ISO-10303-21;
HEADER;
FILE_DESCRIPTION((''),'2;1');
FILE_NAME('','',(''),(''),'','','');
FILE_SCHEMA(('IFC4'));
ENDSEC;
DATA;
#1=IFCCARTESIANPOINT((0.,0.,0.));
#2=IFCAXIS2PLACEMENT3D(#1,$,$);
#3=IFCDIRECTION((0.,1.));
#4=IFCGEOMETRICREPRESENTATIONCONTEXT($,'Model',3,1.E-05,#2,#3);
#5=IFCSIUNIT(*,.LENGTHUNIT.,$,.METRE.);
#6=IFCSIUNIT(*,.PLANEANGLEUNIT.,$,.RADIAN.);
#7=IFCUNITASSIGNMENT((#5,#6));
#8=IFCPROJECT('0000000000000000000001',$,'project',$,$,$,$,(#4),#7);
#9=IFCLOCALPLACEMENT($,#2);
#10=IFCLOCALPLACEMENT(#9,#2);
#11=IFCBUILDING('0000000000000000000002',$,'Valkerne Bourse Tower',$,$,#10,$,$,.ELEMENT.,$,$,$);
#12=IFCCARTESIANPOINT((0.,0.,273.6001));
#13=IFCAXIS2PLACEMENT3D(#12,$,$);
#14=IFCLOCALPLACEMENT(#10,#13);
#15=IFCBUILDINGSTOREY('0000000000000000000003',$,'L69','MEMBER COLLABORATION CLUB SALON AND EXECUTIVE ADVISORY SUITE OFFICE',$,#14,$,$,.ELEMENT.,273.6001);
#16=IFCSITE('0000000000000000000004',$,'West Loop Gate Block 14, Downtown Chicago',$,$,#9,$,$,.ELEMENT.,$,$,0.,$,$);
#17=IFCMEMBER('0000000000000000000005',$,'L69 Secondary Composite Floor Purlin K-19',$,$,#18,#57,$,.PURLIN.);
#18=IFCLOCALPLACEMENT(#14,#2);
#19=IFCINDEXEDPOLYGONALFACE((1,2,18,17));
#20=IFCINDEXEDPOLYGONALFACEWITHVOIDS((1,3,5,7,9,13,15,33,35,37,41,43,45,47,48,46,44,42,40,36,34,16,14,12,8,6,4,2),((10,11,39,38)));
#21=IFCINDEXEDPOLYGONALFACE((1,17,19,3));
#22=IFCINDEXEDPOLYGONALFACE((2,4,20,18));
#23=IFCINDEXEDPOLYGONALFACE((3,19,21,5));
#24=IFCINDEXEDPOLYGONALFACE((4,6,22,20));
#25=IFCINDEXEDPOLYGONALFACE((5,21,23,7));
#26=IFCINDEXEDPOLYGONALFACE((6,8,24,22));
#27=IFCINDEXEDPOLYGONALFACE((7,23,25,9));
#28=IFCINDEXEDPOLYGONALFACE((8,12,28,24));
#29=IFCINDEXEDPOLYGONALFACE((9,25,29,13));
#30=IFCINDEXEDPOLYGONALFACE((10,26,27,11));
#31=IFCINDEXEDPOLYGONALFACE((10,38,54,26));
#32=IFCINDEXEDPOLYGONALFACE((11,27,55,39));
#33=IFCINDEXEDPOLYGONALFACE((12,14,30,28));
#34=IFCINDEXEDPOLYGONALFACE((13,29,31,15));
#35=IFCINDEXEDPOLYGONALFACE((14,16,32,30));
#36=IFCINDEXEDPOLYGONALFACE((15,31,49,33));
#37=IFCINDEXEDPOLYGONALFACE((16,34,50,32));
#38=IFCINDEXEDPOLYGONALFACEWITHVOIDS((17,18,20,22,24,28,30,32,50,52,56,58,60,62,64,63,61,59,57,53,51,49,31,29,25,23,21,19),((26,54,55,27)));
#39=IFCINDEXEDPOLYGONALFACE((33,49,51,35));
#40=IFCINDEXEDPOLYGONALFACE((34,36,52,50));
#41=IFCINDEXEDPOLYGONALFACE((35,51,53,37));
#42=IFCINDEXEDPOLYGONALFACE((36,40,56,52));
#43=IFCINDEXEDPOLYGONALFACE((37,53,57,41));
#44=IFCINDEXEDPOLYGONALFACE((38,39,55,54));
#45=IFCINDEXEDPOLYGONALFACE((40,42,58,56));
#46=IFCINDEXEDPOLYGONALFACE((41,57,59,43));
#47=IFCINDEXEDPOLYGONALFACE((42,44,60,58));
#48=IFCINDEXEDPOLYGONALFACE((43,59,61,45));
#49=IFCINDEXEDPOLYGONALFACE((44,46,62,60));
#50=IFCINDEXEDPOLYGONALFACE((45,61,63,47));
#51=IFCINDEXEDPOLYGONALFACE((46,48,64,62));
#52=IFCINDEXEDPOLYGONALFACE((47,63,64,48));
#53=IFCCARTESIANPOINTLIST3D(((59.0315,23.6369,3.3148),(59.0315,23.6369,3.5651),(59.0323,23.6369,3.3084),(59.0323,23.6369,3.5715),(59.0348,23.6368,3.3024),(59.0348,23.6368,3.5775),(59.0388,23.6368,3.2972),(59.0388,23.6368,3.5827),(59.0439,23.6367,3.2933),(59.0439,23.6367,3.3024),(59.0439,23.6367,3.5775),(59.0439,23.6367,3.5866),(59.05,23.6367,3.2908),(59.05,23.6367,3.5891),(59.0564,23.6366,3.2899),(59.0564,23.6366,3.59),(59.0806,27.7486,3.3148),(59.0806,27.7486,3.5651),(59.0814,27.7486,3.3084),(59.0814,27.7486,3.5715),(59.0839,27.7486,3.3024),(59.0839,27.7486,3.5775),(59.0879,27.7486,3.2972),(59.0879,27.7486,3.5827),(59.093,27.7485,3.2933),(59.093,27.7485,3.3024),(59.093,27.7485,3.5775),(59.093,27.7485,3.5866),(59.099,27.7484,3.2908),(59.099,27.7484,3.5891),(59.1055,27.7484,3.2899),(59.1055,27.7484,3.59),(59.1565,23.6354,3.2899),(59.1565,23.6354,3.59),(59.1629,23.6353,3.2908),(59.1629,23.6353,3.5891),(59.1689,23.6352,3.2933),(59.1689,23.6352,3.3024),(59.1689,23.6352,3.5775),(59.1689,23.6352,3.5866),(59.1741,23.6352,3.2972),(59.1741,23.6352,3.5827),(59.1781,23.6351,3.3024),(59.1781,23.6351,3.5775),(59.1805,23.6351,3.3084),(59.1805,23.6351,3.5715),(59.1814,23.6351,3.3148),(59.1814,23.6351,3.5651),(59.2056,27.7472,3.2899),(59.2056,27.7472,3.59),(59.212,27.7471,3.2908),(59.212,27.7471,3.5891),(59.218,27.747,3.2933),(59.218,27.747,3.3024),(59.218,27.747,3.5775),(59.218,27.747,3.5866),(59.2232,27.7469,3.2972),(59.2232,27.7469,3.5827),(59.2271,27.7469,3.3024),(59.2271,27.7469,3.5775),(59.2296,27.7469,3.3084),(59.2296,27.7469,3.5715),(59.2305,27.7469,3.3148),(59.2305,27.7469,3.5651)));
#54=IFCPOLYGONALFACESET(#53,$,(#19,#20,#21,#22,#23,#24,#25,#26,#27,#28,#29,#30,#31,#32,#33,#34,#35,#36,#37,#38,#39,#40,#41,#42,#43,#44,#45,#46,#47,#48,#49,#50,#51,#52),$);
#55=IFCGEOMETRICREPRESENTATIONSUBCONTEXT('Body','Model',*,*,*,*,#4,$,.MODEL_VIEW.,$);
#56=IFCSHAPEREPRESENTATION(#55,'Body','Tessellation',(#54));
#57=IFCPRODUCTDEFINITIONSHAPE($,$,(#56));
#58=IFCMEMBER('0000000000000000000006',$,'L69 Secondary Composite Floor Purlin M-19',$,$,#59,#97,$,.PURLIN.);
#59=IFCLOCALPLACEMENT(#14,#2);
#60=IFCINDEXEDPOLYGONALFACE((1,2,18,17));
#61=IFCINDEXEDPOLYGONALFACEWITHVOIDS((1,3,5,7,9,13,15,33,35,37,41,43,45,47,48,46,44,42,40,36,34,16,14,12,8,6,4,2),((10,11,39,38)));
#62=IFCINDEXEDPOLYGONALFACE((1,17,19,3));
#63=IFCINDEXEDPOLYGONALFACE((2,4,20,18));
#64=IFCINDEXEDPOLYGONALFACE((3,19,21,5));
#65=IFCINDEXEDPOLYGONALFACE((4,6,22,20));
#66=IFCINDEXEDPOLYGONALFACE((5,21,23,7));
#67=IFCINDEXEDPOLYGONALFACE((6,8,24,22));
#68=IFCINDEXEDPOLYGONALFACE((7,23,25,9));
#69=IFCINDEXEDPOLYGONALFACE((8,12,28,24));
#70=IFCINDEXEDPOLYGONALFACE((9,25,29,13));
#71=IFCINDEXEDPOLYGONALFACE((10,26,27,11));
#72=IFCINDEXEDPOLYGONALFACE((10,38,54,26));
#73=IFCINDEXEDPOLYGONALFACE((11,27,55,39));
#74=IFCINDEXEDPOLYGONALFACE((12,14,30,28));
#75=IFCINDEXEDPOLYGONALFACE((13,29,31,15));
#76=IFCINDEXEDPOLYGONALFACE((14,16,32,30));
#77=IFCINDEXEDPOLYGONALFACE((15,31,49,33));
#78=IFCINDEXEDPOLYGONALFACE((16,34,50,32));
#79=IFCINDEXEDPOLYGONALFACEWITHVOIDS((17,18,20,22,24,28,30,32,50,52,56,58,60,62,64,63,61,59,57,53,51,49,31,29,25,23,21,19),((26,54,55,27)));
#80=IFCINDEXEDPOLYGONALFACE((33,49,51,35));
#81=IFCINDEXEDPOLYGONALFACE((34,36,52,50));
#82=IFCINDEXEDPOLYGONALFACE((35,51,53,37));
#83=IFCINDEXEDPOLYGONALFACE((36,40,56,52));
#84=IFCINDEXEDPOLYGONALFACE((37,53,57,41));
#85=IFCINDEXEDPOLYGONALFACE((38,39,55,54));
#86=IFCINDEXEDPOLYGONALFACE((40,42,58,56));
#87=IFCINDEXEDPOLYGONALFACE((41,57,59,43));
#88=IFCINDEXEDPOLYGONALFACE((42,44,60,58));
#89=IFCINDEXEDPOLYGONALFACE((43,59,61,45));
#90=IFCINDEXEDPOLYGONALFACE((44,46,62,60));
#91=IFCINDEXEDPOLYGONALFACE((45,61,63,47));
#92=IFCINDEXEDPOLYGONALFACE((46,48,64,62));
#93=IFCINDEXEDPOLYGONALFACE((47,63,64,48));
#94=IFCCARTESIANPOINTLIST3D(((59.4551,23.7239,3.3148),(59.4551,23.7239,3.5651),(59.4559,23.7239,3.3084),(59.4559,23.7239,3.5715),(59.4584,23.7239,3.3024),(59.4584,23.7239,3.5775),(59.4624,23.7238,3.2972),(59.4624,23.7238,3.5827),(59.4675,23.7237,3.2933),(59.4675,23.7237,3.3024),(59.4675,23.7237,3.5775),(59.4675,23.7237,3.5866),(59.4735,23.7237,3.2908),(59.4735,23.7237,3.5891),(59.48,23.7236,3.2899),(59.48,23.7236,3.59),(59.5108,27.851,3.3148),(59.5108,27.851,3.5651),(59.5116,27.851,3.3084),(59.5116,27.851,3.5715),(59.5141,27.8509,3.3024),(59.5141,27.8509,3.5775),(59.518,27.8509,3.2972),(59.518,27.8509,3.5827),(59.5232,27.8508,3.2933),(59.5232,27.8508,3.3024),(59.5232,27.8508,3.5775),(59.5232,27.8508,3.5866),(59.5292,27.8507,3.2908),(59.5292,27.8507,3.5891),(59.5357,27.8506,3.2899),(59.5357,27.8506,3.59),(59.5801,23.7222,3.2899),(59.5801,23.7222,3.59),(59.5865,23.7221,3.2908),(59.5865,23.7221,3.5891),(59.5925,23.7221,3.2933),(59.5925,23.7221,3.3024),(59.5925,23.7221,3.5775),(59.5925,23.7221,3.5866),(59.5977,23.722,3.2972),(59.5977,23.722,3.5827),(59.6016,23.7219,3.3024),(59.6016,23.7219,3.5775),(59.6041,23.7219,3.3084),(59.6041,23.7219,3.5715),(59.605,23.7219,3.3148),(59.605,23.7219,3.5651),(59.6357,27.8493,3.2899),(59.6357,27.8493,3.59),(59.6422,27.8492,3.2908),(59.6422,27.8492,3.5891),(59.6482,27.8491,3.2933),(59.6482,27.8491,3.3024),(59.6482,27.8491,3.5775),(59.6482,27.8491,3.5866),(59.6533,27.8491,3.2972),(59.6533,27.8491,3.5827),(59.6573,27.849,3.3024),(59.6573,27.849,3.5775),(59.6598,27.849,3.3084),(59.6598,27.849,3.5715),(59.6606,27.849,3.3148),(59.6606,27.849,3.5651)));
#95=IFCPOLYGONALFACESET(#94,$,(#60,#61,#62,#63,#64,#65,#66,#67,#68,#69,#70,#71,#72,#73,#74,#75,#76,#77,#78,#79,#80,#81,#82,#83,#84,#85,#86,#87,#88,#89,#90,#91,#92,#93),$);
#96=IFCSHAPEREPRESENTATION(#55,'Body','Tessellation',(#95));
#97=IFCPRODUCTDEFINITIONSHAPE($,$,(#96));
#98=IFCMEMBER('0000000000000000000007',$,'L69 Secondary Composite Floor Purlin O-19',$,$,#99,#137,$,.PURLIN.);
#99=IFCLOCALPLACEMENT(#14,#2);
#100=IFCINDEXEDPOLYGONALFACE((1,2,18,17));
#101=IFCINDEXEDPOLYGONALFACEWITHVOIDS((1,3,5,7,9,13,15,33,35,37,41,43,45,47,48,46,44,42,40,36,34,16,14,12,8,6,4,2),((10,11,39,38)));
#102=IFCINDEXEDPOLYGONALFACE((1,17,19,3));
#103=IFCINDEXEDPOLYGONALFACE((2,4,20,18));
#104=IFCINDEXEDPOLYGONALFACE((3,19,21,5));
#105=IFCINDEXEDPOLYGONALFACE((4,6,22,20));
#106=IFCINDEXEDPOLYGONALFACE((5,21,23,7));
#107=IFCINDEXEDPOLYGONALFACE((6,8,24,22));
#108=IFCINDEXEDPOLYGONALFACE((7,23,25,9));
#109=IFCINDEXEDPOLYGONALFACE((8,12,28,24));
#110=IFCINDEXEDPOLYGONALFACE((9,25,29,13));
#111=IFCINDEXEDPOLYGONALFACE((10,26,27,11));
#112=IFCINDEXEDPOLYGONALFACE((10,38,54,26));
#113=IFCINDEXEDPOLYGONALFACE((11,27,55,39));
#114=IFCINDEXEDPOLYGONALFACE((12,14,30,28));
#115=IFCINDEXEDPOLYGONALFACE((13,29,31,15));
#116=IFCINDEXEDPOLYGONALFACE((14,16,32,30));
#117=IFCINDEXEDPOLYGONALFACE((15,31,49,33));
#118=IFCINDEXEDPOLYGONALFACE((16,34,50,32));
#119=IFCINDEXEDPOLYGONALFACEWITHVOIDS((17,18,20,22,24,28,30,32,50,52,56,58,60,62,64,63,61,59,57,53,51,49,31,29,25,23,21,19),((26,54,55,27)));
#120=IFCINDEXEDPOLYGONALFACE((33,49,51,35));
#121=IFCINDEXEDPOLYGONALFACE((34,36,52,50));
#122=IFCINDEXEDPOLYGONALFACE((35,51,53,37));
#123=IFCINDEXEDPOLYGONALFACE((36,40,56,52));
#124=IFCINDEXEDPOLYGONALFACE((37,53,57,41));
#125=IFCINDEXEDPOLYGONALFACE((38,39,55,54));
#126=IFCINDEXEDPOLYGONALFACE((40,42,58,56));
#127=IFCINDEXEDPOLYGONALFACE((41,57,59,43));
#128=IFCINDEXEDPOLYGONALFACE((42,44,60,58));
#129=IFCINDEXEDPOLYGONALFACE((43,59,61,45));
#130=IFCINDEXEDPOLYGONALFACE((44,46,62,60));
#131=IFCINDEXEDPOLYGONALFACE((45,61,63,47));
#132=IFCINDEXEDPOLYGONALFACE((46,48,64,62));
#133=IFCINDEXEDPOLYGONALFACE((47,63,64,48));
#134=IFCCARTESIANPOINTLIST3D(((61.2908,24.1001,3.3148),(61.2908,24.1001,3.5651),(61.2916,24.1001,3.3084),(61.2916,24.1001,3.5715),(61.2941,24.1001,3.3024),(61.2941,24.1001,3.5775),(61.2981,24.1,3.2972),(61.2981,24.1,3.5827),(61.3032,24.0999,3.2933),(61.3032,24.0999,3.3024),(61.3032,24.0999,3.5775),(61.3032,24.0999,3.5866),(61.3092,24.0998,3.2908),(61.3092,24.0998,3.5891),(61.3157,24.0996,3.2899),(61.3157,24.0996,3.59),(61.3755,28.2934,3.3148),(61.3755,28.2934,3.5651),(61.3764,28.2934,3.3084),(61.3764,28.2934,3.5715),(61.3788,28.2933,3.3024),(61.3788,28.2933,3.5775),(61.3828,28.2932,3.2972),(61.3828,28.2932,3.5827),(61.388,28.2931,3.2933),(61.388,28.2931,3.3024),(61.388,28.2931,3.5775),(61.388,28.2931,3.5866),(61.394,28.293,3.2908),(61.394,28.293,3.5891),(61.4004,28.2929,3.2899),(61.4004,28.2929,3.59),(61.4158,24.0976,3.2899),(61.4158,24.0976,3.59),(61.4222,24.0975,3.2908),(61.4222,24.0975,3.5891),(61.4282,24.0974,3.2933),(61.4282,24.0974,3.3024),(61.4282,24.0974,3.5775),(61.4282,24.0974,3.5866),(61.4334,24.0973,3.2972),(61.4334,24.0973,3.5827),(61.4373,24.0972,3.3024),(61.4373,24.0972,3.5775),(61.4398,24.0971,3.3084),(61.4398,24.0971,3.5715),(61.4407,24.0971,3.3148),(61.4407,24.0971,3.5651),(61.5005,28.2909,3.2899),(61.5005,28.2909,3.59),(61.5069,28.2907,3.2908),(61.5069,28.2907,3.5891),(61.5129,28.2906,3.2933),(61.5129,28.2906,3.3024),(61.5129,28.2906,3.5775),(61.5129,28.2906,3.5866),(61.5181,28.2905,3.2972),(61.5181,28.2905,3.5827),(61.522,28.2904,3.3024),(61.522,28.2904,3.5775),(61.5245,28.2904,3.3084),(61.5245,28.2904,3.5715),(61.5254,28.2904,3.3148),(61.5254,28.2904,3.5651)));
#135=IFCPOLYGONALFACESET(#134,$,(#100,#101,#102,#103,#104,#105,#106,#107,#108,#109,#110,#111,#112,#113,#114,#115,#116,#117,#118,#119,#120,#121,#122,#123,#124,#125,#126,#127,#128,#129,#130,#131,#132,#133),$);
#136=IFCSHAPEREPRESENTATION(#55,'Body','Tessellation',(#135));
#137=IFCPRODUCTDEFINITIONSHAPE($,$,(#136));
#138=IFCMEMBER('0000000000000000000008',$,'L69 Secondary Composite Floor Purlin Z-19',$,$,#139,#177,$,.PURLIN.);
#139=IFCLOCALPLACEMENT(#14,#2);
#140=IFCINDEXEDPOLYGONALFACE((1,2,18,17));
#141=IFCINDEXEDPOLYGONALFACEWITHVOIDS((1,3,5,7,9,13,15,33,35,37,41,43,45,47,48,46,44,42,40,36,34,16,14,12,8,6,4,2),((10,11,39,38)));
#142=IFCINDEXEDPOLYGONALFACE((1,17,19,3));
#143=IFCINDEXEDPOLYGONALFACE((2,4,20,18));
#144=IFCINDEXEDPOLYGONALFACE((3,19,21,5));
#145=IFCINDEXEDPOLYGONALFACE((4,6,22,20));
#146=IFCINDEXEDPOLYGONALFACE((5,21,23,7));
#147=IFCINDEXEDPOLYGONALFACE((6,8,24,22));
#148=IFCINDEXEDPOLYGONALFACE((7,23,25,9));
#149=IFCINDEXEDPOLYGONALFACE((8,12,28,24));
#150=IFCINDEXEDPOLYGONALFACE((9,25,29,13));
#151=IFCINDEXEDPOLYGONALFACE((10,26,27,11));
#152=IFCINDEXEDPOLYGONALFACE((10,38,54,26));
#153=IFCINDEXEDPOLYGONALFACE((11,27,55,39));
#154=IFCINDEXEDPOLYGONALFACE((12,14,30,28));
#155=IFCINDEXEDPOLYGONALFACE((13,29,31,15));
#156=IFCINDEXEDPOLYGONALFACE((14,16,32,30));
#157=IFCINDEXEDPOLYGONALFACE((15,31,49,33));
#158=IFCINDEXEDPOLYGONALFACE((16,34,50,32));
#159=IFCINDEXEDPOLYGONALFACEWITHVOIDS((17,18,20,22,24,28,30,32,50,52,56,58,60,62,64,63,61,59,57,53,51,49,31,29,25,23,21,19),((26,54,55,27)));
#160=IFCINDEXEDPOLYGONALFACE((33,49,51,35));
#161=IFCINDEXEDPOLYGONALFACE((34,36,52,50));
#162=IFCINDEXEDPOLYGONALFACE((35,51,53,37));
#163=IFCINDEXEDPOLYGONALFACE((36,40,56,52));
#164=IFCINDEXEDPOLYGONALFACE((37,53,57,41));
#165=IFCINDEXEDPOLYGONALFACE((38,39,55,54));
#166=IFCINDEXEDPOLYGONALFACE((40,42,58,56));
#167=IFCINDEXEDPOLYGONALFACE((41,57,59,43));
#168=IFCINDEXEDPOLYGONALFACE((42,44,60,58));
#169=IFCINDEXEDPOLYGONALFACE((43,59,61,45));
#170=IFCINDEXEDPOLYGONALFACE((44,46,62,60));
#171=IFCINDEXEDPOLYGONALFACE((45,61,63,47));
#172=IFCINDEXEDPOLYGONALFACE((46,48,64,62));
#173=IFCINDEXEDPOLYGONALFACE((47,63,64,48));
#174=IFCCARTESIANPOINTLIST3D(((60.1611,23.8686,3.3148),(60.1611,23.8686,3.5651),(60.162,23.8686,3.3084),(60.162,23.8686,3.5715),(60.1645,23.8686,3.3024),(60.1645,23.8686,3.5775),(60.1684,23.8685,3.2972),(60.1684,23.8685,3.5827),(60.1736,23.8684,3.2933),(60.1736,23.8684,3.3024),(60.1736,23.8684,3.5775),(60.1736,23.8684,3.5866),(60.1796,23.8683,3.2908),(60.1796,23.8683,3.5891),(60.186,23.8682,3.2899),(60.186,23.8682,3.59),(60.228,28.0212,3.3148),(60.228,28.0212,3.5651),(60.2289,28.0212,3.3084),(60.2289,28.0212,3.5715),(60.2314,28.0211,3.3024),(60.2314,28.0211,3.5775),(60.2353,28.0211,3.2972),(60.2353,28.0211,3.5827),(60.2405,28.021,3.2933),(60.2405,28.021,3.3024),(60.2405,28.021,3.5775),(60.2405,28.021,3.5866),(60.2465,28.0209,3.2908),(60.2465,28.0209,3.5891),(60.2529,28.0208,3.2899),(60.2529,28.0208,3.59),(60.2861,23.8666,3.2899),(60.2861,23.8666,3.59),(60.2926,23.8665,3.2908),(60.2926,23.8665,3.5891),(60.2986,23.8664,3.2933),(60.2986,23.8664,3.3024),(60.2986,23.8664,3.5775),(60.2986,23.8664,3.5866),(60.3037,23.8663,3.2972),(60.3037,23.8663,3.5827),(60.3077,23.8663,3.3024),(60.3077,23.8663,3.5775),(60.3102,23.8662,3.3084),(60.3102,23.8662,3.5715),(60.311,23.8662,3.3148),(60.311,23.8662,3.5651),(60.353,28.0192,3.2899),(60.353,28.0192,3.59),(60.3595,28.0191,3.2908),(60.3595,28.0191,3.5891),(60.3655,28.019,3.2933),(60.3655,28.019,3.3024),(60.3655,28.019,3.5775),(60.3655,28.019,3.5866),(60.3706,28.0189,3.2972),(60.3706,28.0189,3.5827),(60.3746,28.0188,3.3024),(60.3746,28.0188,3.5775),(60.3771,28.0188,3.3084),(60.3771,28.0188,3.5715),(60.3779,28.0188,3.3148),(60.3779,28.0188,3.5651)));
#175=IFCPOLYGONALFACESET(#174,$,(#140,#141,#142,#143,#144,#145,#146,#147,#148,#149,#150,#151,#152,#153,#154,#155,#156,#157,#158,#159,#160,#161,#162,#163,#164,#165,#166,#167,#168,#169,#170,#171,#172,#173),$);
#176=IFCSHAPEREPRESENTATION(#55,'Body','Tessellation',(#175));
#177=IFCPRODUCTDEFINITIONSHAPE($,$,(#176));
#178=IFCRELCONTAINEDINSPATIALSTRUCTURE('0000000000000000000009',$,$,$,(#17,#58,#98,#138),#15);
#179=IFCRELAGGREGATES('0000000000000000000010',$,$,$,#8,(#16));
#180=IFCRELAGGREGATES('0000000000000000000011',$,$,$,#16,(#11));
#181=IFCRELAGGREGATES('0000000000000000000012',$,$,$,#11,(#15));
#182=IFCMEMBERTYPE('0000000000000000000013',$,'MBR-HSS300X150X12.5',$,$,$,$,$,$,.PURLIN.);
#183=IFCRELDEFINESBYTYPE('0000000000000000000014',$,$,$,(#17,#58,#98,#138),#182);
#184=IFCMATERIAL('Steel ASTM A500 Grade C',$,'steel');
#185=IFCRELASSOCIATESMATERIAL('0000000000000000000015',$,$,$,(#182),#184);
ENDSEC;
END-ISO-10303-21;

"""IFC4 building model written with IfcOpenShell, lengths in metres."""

from ifc_helpers import new_model, si_unit, direction, frame, origin, origin_2d, place, context, subcontext, project, spatial, hollow_rectangle, extrude, material, material_profile, profile_set, type_object, element, save


model = new_model("IFC4")

# Units and contexts
model_context = context("Model", 3, precision=1e-05, world=origin(), true_north=direction((0.0, 1.0)))
body_context = subcontext(model_context, "Body", "Model", "MODEL_VIEW")
ifc_project = project(units=[si_unit("LENGTHUNIT", "METRE"), si_unit("PLANEANGLEUNIT", "RADIAN")], contexts=[model_context])

# Site, building, storey
site_placement = place(None, origin())
site = spatial("IfcSite", under=ifc_project, at=site_placement, Name="West Loop Gate Block 14, Downtown Chicago", CompositionType="ELEMENT", RefElevation=0.0)
building_placement = place(site_placement, origin())
building = spatial("IfcBuilding", under=site, at=building_placement, Name="Valkerne Bourse Tower", CompositionType="ELEMENT")
storey_placement = place(building_placement, frame((0.0, 0.0, 273.6001)))
storey = spatial("IfcBuildingStorey", under=building, at=storey_placement, Name="L69", Description="MEMBER COLLABORATION CLUB SALON AND EXECUTIVE ADVISORY SUITE OFFICE", CompositionType="ELEMENT", Elevation=273.6001)

# Shared definitions
ifc_material_1 = material(Name="Steel ASTM A500 Grade C", Category="steel")

# Members
ifc_material_profile_1 = material_profile(ifc_material_1, hollow_rectangle(XDim=0.1499, YDim=0.3, WallThickness=0.0125, OuterFilletRadius=0.0249, at=origin_2d()), Name="HSS300X150X12.5")
ifc_profile_set_1 = profile_set([ifc_material_profile_1], Name="Steel ASTM A500 Grade C")
member_type_1 = type_object("IfcMemberType", Name="MBR-HSS300X150X12.5", PredefinedType="PURLIN", material=ifc_profile_set_1)
member_1_placement = place(storey_placement, frame((59.1064, 23.636, 3.4399), z_axis=(0.011934, 0.999929, 0.0), x_axis=(-0.999929, 0.011934, 0.0)))
element("IfcMember", 1, at=member_1_placement, inside=storey, type_object=member_type_1, Name="L69 Secondary Composite Floor Purlin K-19", PredefinedType="PURLIN", context=body_context, shape_type="SweptSolid", body=[
    extrude(hollow_rectangle(XDim=0.1499, YDim=0.3, WallThickness=0.0125, OuterFilletRadius=0.0249, at=origin_2d()), origin(), (0.0, 0.0, 1.0), 4.1121),
])
member_2_placement = place(storey_placement, frame((59.53, 23.7229, 3.4399), z_axis=(0.013487, 0.999909, 0.0), x_axis=(-0.999909, 0.013487, 0.0)))
element("IfcMember", 2, at=member_2_placement, inside=storey, type_object=member_type_1, Name="L69 Secondary Composite Floor Purlin M-19", PredefinedType="PURLIN", context=body_context, shape_type="SweptSolid", body=[
    extrude(hollow_rectangle(XDim=0.1499, YDim=0.3, WallThickness=0.0125, OuterFilletRadius=0.0249, at=origin_2d()), origin(), (0.0, 0.0, 1.0), 4.1274),
])
member_3_placement = place(storey_placement, frame((61.3657, 24.0986, 3.4399), z_axis=(0.0202, 0.999796, 0.0), x_axis=(-0.999796, 0.0202, 0.0)))
element("IfcMember", 3, at=member_3_placement, inside=storey, type_object=member_type_1, Name="L69 Secondary Composite Floor Purlin O-19", PredefinedType="PURLIN", context=body_context, shape_type="SweptSolid", body=[
    extrude(hollow_rectangle(XDim=0.1499, YDim=0.3, WallThickness=0.0125, OuterFilletRadius=0.0249, at=origin_2d()), origin(), (0.0, 0.0, 1.0), 4.1941),
])
member_4_placement = place(storey_placement, frame((60.2361, 23.8674, 3.4399), z_axis=(0.016107, 0.99987, 0.0), x_axis=(-0.99987, 0.016107, 0.0)))
element("IfcMember", 4, at=member_4_placement, inside=storey, type_object=member_type_1, Name="L69 Secondary Composite Floor Purlin Z-19", PredefinedType="PURLIN", context=body_context, shape_type="SweptSolid", body=[
    extrude(hollow_rectangle(XDim=0.1499, YDim=0.3, WallThickness=0.0125, OuterFilletRadius=0.0249, at=origin_2d()), origin(), (0.0, 0.0, 1.0), 4.1531),
])

save(model, "model.ifc")
